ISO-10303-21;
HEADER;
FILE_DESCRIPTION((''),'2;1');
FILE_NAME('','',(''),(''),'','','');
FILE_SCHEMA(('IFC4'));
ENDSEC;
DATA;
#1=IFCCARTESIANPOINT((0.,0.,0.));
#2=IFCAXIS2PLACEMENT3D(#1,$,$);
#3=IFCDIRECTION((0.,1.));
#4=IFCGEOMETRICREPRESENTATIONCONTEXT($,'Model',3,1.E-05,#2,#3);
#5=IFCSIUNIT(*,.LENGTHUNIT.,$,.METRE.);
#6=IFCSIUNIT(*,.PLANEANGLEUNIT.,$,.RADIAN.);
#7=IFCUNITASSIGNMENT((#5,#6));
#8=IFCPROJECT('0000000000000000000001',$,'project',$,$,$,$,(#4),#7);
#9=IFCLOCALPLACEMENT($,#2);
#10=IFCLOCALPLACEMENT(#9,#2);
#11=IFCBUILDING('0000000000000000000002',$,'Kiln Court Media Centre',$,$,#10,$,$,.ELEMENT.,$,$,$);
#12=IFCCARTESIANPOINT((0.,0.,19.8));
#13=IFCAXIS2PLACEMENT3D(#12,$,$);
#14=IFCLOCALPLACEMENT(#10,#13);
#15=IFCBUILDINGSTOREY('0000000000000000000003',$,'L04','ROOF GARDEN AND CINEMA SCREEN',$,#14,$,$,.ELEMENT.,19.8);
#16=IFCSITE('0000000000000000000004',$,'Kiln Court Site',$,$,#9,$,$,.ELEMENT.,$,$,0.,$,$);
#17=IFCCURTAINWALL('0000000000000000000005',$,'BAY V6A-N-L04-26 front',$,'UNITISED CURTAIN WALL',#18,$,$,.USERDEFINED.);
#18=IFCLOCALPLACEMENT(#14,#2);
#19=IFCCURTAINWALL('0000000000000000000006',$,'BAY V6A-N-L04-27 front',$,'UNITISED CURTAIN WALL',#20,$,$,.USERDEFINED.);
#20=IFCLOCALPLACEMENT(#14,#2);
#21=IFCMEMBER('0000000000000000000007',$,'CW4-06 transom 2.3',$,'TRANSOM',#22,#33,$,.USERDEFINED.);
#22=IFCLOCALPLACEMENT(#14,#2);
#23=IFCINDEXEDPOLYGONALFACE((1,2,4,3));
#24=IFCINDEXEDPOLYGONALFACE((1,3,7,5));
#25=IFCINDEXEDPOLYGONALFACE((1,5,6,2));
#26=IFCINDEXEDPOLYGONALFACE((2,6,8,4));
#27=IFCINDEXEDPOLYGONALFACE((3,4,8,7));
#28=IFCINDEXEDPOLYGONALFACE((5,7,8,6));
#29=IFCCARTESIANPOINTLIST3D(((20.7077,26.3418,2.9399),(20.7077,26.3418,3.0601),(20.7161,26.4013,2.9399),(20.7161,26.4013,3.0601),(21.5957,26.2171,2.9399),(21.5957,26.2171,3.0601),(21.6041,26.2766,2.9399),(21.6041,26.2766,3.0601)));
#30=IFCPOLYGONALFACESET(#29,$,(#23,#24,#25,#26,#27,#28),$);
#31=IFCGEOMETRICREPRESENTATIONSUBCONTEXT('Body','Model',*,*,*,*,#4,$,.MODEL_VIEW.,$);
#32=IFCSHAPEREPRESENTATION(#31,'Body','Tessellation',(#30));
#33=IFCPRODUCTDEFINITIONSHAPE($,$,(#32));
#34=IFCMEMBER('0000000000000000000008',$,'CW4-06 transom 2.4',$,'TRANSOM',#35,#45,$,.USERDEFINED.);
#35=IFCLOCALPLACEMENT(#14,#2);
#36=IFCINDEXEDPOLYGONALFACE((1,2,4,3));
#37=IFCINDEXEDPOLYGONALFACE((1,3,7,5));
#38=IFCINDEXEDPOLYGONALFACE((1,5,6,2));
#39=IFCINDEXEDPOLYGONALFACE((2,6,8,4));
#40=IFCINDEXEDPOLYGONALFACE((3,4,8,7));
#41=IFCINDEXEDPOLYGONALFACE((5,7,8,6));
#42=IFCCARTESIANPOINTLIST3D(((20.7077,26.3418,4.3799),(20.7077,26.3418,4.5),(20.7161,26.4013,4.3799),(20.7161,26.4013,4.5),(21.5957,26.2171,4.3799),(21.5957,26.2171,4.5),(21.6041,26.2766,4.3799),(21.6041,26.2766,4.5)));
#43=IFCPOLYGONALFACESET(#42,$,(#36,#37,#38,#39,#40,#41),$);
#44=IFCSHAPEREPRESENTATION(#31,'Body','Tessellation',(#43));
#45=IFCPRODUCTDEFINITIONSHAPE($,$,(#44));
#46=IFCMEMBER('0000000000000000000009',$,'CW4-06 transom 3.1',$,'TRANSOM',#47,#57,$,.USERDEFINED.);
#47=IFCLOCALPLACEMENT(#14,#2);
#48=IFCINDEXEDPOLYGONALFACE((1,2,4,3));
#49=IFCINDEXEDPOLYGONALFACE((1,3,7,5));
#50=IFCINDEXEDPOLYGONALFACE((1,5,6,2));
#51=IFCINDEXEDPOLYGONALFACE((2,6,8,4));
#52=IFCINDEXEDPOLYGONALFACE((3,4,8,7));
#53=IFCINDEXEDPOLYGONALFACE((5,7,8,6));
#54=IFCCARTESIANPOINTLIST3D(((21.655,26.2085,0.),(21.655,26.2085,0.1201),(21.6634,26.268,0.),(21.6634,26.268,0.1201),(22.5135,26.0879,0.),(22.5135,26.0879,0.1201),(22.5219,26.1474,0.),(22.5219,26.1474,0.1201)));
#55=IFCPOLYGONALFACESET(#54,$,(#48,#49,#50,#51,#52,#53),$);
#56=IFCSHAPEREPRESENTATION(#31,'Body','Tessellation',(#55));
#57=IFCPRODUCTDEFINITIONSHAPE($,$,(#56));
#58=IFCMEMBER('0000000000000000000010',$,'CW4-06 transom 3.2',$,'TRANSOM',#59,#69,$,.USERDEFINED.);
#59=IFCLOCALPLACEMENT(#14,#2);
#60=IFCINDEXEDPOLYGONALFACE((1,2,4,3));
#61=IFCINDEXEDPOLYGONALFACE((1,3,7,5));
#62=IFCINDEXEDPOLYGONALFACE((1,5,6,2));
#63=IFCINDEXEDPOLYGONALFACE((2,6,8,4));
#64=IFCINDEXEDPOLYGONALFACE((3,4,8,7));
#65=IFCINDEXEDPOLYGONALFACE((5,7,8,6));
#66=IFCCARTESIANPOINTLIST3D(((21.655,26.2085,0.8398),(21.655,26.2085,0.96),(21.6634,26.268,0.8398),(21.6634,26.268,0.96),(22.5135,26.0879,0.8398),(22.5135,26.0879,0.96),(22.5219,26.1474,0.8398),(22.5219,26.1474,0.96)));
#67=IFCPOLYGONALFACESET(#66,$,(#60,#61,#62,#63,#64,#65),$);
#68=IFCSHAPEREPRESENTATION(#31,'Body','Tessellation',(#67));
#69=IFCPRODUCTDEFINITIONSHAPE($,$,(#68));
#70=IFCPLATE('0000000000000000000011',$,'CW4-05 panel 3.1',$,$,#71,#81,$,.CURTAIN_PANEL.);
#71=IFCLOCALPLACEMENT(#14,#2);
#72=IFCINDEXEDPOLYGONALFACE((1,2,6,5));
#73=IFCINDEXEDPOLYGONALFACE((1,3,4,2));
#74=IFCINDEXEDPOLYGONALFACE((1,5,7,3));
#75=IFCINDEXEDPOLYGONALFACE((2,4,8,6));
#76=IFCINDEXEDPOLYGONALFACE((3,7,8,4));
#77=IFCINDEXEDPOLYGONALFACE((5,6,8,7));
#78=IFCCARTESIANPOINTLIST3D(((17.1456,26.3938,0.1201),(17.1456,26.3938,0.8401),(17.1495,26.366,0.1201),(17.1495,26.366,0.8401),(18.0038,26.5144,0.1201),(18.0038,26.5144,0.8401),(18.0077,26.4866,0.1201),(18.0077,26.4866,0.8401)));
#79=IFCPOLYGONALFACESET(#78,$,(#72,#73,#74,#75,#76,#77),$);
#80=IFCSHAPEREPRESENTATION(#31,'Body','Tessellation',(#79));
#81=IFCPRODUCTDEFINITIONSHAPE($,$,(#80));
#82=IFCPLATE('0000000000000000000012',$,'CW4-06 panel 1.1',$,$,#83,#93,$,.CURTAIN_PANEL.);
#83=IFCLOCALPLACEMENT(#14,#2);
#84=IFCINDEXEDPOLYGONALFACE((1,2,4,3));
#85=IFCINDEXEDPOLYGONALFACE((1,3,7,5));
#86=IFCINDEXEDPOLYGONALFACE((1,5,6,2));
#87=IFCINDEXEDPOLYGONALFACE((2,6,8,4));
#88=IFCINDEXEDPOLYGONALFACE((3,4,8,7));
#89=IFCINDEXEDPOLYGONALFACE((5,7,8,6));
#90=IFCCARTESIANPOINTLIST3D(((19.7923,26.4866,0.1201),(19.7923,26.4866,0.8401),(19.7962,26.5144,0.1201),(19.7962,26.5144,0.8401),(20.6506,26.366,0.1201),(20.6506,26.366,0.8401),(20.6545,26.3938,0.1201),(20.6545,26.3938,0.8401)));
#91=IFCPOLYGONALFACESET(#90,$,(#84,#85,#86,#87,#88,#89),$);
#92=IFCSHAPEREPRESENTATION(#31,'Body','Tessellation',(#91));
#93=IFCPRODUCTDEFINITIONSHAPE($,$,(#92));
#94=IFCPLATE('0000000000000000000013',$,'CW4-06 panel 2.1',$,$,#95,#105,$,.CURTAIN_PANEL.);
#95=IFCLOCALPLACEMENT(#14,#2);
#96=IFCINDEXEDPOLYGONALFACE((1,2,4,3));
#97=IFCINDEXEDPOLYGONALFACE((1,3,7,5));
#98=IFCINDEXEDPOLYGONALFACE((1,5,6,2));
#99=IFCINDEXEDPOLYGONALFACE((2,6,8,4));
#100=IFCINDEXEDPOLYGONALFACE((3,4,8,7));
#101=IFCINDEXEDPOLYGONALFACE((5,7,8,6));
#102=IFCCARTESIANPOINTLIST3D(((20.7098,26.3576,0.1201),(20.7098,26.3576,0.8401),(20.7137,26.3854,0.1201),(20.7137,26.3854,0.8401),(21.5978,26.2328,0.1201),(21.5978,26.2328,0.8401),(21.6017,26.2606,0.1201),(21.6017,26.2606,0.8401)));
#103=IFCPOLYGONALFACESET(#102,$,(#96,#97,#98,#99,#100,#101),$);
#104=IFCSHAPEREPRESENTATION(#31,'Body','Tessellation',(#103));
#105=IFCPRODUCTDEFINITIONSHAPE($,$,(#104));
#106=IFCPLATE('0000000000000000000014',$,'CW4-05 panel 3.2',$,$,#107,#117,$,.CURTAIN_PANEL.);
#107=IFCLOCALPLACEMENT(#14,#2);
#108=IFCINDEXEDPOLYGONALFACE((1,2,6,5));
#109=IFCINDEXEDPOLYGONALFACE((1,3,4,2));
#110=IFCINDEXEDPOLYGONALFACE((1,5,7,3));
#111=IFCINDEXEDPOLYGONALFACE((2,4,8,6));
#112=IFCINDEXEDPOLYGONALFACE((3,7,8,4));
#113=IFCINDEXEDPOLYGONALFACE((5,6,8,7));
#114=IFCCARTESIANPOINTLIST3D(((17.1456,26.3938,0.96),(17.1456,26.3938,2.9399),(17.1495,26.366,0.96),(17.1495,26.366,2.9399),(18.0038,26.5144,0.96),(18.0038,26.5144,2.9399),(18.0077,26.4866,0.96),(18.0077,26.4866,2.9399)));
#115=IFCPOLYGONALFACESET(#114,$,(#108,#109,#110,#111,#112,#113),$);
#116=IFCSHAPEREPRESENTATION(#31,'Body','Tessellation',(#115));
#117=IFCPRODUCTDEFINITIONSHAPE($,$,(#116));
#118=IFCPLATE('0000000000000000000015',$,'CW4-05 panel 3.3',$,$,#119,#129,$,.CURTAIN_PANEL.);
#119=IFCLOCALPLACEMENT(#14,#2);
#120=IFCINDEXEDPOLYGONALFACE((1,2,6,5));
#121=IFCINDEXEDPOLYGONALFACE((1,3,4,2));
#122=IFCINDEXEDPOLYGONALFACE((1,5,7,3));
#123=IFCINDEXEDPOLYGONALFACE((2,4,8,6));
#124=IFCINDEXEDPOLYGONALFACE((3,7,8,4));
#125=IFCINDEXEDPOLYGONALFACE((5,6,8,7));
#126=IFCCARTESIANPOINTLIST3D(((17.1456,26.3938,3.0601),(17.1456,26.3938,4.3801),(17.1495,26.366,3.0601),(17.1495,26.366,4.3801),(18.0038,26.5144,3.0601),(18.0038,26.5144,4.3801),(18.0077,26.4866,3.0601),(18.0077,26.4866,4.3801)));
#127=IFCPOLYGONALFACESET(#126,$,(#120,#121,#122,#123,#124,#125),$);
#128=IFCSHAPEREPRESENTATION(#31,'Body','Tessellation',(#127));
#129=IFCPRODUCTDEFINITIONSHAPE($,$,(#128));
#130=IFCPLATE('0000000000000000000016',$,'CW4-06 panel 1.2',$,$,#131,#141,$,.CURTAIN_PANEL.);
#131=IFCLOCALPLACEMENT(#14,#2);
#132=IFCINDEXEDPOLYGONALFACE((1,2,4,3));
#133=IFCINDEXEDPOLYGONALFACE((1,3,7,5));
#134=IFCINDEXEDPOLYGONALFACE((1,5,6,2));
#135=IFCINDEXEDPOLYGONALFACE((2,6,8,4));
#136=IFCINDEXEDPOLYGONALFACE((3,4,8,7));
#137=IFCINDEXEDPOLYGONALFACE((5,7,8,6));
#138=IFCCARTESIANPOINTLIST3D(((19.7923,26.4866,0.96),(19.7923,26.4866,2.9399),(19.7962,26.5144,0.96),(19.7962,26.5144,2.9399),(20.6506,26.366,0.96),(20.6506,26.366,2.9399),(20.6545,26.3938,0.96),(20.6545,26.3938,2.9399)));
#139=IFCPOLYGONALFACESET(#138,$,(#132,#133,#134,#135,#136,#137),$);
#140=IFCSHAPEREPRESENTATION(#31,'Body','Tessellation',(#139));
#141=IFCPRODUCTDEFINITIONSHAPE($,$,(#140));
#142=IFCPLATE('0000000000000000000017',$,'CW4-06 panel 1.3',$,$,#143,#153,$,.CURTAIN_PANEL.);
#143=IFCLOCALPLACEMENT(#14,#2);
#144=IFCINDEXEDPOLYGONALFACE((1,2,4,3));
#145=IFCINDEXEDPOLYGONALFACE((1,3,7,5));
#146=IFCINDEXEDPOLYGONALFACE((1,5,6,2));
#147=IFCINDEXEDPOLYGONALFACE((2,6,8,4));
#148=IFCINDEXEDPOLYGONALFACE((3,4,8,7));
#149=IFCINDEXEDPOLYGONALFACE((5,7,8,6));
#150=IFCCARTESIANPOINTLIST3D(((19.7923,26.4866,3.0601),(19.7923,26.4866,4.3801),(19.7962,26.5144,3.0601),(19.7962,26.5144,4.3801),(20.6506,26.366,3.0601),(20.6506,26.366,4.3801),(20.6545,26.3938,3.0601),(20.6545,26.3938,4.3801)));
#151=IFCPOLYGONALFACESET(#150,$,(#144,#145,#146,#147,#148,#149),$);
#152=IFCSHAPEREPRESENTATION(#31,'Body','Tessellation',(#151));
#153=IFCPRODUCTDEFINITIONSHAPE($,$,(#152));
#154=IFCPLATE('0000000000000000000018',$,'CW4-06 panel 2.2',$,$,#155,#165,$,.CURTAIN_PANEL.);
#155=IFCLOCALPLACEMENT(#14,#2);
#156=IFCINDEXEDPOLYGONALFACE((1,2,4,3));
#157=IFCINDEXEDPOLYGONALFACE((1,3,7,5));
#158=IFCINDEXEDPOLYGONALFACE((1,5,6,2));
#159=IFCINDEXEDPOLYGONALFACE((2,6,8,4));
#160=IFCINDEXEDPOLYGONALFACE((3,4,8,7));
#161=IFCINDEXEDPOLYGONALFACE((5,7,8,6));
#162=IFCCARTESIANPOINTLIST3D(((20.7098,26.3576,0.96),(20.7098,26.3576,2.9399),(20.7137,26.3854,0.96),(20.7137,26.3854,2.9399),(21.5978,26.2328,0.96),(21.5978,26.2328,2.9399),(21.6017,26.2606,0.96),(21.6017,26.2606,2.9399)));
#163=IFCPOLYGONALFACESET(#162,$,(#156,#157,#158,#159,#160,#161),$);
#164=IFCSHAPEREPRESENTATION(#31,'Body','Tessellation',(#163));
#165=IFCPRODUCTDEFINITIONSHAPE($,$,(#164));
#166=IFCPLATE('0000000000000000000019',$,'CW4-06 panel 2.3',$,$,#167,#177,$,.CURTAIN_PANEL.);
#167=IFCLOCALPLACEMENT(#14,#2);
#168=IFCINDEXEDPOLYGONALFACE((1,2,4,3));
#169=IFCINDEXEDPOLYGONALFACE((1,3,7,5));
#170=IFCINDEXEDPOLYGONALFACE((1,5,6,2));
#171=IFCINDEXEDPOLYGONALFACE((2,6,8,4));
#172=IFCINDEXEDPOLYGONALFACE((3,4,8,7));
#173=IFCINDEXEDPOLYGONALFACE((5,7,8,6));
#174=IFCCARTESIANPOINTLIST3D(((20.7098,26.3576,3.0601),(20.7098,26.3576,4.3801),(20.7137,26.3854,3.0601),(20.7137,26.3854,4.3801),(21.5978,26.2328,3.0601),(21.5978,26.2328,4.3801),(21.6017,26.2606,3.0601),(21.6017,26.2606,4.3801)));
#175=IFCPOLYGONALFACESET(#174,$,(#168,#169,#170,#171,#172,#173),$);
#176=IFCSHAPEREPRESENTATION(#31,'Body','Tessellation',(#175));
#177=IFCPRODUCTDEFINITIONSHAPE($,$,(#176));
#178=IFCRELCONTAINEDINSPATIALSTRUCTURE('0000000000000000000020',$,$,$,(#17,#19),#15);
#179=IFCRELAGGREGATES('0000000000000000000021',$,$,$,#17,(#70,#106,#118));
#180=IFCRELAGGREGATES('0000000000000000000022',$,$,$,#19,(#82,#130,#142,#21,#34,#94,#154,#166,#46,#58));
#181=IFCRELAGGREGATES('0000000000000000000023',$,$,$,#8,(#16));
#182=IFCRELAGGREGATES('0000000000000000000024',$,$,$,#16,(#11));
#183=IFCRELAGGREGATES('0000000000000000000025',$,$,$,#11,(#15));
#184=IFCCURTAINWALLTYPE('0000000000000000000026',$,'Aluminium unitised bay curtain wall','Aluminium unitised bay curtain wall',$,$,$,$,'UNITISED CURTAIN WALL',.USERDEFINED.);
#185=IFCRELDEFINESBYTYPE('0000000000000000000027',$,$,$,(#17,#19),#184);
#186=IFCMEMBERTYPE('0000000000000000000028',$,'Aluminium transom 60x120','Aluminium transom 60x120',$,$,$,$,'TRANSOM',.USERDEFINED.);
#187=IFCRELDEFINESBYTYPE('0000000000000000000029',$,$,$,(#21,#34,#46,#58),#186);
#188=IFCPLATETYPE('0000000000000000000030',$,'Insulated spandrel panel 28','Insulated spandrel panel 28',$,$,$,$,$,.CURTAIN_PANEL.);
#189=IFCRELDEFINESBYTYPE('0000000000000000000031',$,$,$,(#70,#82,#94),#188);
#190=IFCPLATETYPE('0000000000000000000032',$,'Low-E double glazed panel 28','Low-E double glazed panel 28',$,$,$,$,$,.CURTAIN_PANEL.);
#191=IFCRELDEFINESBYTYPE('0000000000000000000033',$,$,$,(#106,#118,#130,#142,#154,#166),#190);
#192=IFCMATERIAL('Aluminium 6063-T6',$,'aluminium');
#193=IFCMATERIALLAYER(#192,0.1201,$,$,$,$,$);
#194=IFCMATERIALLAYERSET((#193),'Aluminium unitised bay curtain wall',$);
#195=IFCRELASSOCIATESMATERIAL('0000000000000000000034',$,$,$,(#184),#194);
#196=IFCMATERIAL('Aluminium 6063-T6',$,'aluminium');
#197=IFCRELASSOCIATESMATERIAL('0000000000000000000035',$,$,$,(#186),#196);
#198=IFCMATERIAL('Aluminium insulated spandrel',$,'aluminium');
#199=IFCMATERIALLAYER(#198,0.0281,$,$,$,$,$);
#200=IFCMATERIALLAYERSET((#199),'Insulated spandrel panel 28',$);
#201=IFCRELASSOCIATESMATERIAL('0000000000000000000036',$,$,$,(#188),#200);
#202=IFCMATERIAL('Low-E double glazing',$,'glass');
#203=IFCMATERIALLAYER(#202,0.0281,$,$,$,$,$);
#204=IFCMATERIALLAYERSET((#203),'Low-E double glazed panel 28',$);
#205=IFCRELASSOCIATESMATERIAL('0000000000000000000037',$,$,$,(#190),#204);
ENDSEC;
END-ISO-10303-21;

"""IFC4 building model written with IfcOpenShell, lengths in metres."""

from ifc_helpers import new_model, si_unit, direction, frame, origin, origin_2d, place, context, subcontext, project, spatial, rectangle, extrude, material, layer, layer_set, material_profile, profile_set, type_object, element, aggregate, save


model = new_model("IFC4")

# Units and contexts
model_context = context("Model", 3, precision=1e-05, world=origin(), true_north=direction((0.0, 1.0)))
body_context = subcontext(model_context, "Body", "Model", "MODEL_VIEW")
ifc_project = project(units=[si_unit("LENGTHUNIT", "METRE"), si_unit("PLANEANGLEUNIT", "RADIAN")], contexts=[model_context])

# Site, building, storey
site_placement = place(None, origin())
site = spatial("IfcSite", under=ifc_project, at=site_placement, Name="Kiln Court Site", CompositionType="ELEMENT", RefElevation=0.0)
building_placement = place(site_placement, origin())
building = spatial("IfcBuilding", under=site, at=building_placement, Name="Kiln Court Media Centre", CompositionType="ELEMENT")
storey_placement = place(building_placement, frame((0.0, 0.0, 19.8)))
storey = spatial("IfcBuildingStorey", under=building, at=storey_placement, Name="L04", Description="ROOF GARDEN AND CINEMA SCREEN", CompositionType="ELEMENT", Elevation=19.8)

# Curtain wall
ifc_material_1 = material(Name="Aluminium 6063-T6", Category="aluminium")
ifc_layer_1 = layer(ifc_material_1, 0.1201)
ifc_layer_set_1 = layer_set([ifc_layer_1], Name="Aluminium unitised bay curtain wall")
curtain_wall_type = type_object("IfcCurtainWallType", Name="Aluminium unitised bay curtain wall", Description="Aluminium unitised bay curtain wall", ElementType="UNITISED CURTAIN WALL", PredefinedType="USERDEFINED", material=ifc_layer_set_1)
curtain_wall_1_placement = place(storey_placement, origin())
curtain_wall_1 = element("IfcCurtainWall", 1, at=curtain_wall_1_placement, inside=storey, type_object=curtain_wall_type, Name="BAY V6A-N-L04-26 front", ObjectType="UNITISED CURTAIN WALL", PredefinedType="USERDEFINED")

# Curtain wall
curtain_wall_2_placement = place(storey_placement, origin())
curtain_wall_2 = element("IfcCurtainWall", 2, at=curtain_wall_2_placement, inside=storey, type_object=curtain_wall_type, Name="BAY V6A-N-L04-27 front", ObjectType="UNITISED CURTAIN WALL", PredefinedType="USERDEFINED")

# Members
ifc_material_2 = material(Name="Aluminium 6063-T6", Category="aluminium")
ifc_material_profile_1 = material_profile(ifc_material_2, rectangle(XDim=0.0601, YDim=0.1201, at=origin_2d()), Name="Aluminium transom 60x120")
ifc_profile_set_1 = profile_set([ifc_material_profile_1], Name="Aluminium 6063-T6")
member_type_1 = type_object("IfcMemberType", Name="Aluminium transom 60x120", Description="Aluminium transom 60x120", ElementType="TRANSOM", PredefinedType="USERDEFINED", material=ifc_profile_set_1)
member_1_placement = place(storey_placement, frame((20.7119, 26.3716, 3.0), z_axis=(0.990274, -0.139134, 0.0), x_axis=(0.139134, 0.990274, 0.0)))
member_1 = element("IfcMember", 3, at=member_1_placement, type_object=member_type_1, Name="CW4-06 transom 2.3", ObjectType="TRANSOM", PredefinedType="USERDEFINED", context=body_context, shape_type="SweptSolid", body=[
    extrude(rectangle(XDim=0.0601, YDim=0.1201, at=origin_2d()), origin(), (0.0, 0.0, 1.0), 0.8967),
])
member_2_placement = place(storey_placement, frame((20.7119, 26.3716, 4.4399), z_axis=(0.990274, -0.139134, 0.0), x_axis=(0.139134, 0.990274, 0.0)))
member_2 = element("IfcMember", 4, at=member_2_placement, type_object=member_type_1, Name="CW4-06 transom 2.4", ObjectType="TRANSOM", PredefinedType="USERDEFINED", context=body_context, shape_type="SweptSolid", body=[
    extrude(rectangle(XDim=0.0601, YDim=0.1201, at=origin_2d()), origin(), (0.0, 0.0, 1.0), 0.8967),
])
member_3_placement = place(storey_placement, frame((21.6592, 26.2383, 0.0601), z_axis=(0.990274, -0.139134, 0.0), x_axis=(0.139134, 0.990274, 0.0)))
member_3 = element("IfcMember", 5, at=member_3_placement, type_object=member_type_1, Name="CW4-06 transom 3.1", ObjectType="TRANSOM", PredefinedType="USERDEFINED", context=body_context, shape_type="SweptSolid", body=[
    extrude(rectangle(XDim=0.0601, YDim=0.1201, at=origin_2d()), origin(), (0.0, 0.0, 1.0), 0.8669),
])
member_4_placement = place(storey_placement, frame((21.6592, 26.2383, 0.8999), z_axis=(0.990274, -0.139134, 0.0), x_axis=(0.139134, 0.990274, 0.0)))
member_4 = element("IfcMember", 6, at=member_4_placement, type_object=member_type_1, Name="CW4-06 transom 3.2", ObjectType="TRANSOM", PredefinedType="USERDEFINED", context=body_context, shape_type="SweptSolid", body=[
    extrude(rectangle(XDim=0.0601, YDim=0.1201, at=origin_2d()), origin(), (0.0, 0.0, 1.0), 0.8669),
])

# Plates
ifc_material_3 = material(Name="Aluminium insulated spandrel", Category="aluminium")
ifc_layer_2 = layer(ifc_material_3, 0.0281)
ifc_layer_set_2 = layer_set([ifc_layer_2], Name="Insulated spandrel panel 28")
plate_type_1 = type_object("IfcPlateType", Name="Insulated spandrel panel 28", Description="Insulated spandrel panel 28", PredefinedType="CURTAIN_PANEL", material=ifc_layer_set_2)
plate_1_placement = place(storey_placement, frame((17.5767, 26.4402, 0.1201), z_axis=(0.0, 0.0, 1.0), x_axis=(0.99027, 0.139162, 0.0)))
plate_1 = element("IfcPlate", 7, at=plate_1_placement, type_object=plate_type_1, Name="CW4-05 panel 3.1", PredefinedType="CURTAIN_PANEL", context=body_context, shape_type="SweptSolid", body=[
    extrude(rectangle(XDim=0.8667, YDim=0.0281, at=origin_2d()), origin(), (0.0, 0.0, 1.0), 0.72),
])
plate_2_placement = place(storey_placement, frame((20.2234, 26.4402, 0.1201), z_axis=(0.0, 0.0, 1.0), x_axis=(0.99027, -0.139162, 0.0)))
plate_2 = element("IfcPlate", 8, at=plate_2_placement, type_object=plate_type_1, Name="CW4-06 panel 1.1", PredefinedType="CURTAIN_PANEL", context=body_context, shape_type="SweptSolid", body=[
    extrude(rectangle(XDim=0.8667, YDim=0.0281, at=origin_2d()), origin(), (0.0, 0.0, 1.0), 0.72),
])
plate_3_placement = place(storey_placement, frame((21.1558, 26.3091, 0.1201), z_axis=(0.0, 0.0, 1.0), x_axis=(0.99027, -0.139162, 0.0)))
plate_3 = element("IfcPlate", 9, at=plate_3_placement, type_object=plate_type_1, Name="CW4-06 panel 2.1", PredefinedType="CURTAIN_PANEL", context=body_context, shape_type="SweptSolid", body=[
    extrude(rectangle(XDim=0.8967, YDim=0.0281, at=origin_2d()), origin(), (0.0, 0.0, 1.0), 0.72),
])
ifc_material_4 = material(Name="Low-E double glazing", Category="glass")
ifc_layer_3 = layer(ifc_material_4, 0.0281)
ifc_layer_set_3 = layer_set([ifc_layer_3], Name="Low-E double glazed panel 28")
plate_type_2 = type_object("IfcPlateType", Name="Low-E double glazed panel 28", Description="Low-E double glazed panel 28", PredefinedType="CURTAIN_PANEL", material=ifc_layer_set_3)
plate_4_placement = place(storey_placement, frame((17.5767, 26.4402, 0.96), z_axis=(0.0, 0.0, 1.0), x_axis=(0.99027, 0.139162, 0.0)))
plate_4 = element("IfcPlate", 10, at=plate_4_placement, type_object=plate_type_2, Name="CW4-05 panel 3.2", PredefinedType="CURTAIN_PANEL", context=body_context, shape_type="SweptSolid", body=[
    extrude(rectangle(XDim=0.8667, YDim=0.0281, at=origin_2d()), origin(), (0.0, 0.0, 1.0), 1.98),
])
plate_5_placement = place(storey_placement, frame((17.5767, 26.4402, 3.0601), z_axis=(0.0, 0.0, 1.0), x_axis=(0.99027, 0.139162, 0.0)))
plate_5 = element("IfcPlate", 11, at=plate_5_placement, type_object=plate_type_2, Name="CW4-05 panel 3.3", PredefinedType="CURTAIN_PANEL", context=body_context, shape_type="SweptSolid", body=[
    extrude(rectangle(XDim=0.8667, YDim=0.0281, at=origin_2d()), origin(), (0.0, 0.0, 1.0), 1.3201),
])
aggregate(curtain_wall_1, [plate_1, plate_4, plate_5])
plate_6_placement = place(storey_placement, frame((20.2234, 26.4402, 0.96), z_axis=(0.0, 0.0, 1.0), x_axis=(0.99027, -0.139162, 0.0)))
plate_6 = element("IfcPlate", 12, at=plate_6_placement, type_object=plate_type_2, Name="CW4-06 panel 1.2", PredefinedType="CURTAIN_PANEL", context=body_context, shape_type="SweptSolid", body=[
    extrude(rectangle(XDim=0.8667, YDim=0.0281, at=origin_2d()), origin(), (0.0, 0.0, 1.0), 1.98),
])
plate_7_placement = place(storey_placement, frame((20.2234, 26.4402, 3.0601), z_axis=(0.0, 0.0, 1.0), x_axis=(0.99027, -0.139162, 0.0)))
plate_7 = element("IfcPlate", 13, at=plate_7_placement, type_object=plate_type_2, Name="CW4-06 panel 1.3", PredefinedType="CURTAIN_PANEL", context=body_context, shape_type="SweptSolid", body=[
    extrude(rectangle(XDim=0.8667, YDim=0.0281, at=origin_2d()), origin(), (0.0, 0.0, 1.0), 1.3201),
])
plate_8_placement = place(storey_placement, frame((21.1558, 26.3091, 0.96), z_axis=(0.0, 0.0, 1.0), x_axis=(0.99027, -0.139162, 0.0)))
plate_8 = element("IfcPlate", 14, at=plate_8_placement, type_object=plate_type_2, Name="CW4-06 panel 2.2", PredefinedType="CURTAIN_PANEL", context=body_context, shape_type="SweptSolid", body=[
    extrude(rectangle(XDim=0.8967, YDim=0.0281, at=origin_2d()), origin(), (0.0, 0.0, 1.0), 1.98),
])
plate_9_placement = place(storey_placement, frame((21.1558, 26.3091, 3.0601), z_axis=(0.0, 0.0, 1.0), x_axis=(0.99027, -0.139162, 0.0)))
plate_9 = element("IfcPlate", 15, at=plate_9_placement, type_object=plate_type_2, Name="CW4-06 panel 2.3", PredefinedType="CURTAIN_PANEL", context=body_context, shape_type="SweptSolid", body=[
    extrude(rectangle(XDim=0.8967, YDim=0.0281, at=origin_2d()), origin(), (0.0, 0.0, 1.0), 1.3201),
])
aggregate(curtain_wall_2, [plate_2, plate_6, plate_7, member_1, member_2, plate_3, plate_8, plate_9, member_3, member_4])

save(model, "model.ifc")
